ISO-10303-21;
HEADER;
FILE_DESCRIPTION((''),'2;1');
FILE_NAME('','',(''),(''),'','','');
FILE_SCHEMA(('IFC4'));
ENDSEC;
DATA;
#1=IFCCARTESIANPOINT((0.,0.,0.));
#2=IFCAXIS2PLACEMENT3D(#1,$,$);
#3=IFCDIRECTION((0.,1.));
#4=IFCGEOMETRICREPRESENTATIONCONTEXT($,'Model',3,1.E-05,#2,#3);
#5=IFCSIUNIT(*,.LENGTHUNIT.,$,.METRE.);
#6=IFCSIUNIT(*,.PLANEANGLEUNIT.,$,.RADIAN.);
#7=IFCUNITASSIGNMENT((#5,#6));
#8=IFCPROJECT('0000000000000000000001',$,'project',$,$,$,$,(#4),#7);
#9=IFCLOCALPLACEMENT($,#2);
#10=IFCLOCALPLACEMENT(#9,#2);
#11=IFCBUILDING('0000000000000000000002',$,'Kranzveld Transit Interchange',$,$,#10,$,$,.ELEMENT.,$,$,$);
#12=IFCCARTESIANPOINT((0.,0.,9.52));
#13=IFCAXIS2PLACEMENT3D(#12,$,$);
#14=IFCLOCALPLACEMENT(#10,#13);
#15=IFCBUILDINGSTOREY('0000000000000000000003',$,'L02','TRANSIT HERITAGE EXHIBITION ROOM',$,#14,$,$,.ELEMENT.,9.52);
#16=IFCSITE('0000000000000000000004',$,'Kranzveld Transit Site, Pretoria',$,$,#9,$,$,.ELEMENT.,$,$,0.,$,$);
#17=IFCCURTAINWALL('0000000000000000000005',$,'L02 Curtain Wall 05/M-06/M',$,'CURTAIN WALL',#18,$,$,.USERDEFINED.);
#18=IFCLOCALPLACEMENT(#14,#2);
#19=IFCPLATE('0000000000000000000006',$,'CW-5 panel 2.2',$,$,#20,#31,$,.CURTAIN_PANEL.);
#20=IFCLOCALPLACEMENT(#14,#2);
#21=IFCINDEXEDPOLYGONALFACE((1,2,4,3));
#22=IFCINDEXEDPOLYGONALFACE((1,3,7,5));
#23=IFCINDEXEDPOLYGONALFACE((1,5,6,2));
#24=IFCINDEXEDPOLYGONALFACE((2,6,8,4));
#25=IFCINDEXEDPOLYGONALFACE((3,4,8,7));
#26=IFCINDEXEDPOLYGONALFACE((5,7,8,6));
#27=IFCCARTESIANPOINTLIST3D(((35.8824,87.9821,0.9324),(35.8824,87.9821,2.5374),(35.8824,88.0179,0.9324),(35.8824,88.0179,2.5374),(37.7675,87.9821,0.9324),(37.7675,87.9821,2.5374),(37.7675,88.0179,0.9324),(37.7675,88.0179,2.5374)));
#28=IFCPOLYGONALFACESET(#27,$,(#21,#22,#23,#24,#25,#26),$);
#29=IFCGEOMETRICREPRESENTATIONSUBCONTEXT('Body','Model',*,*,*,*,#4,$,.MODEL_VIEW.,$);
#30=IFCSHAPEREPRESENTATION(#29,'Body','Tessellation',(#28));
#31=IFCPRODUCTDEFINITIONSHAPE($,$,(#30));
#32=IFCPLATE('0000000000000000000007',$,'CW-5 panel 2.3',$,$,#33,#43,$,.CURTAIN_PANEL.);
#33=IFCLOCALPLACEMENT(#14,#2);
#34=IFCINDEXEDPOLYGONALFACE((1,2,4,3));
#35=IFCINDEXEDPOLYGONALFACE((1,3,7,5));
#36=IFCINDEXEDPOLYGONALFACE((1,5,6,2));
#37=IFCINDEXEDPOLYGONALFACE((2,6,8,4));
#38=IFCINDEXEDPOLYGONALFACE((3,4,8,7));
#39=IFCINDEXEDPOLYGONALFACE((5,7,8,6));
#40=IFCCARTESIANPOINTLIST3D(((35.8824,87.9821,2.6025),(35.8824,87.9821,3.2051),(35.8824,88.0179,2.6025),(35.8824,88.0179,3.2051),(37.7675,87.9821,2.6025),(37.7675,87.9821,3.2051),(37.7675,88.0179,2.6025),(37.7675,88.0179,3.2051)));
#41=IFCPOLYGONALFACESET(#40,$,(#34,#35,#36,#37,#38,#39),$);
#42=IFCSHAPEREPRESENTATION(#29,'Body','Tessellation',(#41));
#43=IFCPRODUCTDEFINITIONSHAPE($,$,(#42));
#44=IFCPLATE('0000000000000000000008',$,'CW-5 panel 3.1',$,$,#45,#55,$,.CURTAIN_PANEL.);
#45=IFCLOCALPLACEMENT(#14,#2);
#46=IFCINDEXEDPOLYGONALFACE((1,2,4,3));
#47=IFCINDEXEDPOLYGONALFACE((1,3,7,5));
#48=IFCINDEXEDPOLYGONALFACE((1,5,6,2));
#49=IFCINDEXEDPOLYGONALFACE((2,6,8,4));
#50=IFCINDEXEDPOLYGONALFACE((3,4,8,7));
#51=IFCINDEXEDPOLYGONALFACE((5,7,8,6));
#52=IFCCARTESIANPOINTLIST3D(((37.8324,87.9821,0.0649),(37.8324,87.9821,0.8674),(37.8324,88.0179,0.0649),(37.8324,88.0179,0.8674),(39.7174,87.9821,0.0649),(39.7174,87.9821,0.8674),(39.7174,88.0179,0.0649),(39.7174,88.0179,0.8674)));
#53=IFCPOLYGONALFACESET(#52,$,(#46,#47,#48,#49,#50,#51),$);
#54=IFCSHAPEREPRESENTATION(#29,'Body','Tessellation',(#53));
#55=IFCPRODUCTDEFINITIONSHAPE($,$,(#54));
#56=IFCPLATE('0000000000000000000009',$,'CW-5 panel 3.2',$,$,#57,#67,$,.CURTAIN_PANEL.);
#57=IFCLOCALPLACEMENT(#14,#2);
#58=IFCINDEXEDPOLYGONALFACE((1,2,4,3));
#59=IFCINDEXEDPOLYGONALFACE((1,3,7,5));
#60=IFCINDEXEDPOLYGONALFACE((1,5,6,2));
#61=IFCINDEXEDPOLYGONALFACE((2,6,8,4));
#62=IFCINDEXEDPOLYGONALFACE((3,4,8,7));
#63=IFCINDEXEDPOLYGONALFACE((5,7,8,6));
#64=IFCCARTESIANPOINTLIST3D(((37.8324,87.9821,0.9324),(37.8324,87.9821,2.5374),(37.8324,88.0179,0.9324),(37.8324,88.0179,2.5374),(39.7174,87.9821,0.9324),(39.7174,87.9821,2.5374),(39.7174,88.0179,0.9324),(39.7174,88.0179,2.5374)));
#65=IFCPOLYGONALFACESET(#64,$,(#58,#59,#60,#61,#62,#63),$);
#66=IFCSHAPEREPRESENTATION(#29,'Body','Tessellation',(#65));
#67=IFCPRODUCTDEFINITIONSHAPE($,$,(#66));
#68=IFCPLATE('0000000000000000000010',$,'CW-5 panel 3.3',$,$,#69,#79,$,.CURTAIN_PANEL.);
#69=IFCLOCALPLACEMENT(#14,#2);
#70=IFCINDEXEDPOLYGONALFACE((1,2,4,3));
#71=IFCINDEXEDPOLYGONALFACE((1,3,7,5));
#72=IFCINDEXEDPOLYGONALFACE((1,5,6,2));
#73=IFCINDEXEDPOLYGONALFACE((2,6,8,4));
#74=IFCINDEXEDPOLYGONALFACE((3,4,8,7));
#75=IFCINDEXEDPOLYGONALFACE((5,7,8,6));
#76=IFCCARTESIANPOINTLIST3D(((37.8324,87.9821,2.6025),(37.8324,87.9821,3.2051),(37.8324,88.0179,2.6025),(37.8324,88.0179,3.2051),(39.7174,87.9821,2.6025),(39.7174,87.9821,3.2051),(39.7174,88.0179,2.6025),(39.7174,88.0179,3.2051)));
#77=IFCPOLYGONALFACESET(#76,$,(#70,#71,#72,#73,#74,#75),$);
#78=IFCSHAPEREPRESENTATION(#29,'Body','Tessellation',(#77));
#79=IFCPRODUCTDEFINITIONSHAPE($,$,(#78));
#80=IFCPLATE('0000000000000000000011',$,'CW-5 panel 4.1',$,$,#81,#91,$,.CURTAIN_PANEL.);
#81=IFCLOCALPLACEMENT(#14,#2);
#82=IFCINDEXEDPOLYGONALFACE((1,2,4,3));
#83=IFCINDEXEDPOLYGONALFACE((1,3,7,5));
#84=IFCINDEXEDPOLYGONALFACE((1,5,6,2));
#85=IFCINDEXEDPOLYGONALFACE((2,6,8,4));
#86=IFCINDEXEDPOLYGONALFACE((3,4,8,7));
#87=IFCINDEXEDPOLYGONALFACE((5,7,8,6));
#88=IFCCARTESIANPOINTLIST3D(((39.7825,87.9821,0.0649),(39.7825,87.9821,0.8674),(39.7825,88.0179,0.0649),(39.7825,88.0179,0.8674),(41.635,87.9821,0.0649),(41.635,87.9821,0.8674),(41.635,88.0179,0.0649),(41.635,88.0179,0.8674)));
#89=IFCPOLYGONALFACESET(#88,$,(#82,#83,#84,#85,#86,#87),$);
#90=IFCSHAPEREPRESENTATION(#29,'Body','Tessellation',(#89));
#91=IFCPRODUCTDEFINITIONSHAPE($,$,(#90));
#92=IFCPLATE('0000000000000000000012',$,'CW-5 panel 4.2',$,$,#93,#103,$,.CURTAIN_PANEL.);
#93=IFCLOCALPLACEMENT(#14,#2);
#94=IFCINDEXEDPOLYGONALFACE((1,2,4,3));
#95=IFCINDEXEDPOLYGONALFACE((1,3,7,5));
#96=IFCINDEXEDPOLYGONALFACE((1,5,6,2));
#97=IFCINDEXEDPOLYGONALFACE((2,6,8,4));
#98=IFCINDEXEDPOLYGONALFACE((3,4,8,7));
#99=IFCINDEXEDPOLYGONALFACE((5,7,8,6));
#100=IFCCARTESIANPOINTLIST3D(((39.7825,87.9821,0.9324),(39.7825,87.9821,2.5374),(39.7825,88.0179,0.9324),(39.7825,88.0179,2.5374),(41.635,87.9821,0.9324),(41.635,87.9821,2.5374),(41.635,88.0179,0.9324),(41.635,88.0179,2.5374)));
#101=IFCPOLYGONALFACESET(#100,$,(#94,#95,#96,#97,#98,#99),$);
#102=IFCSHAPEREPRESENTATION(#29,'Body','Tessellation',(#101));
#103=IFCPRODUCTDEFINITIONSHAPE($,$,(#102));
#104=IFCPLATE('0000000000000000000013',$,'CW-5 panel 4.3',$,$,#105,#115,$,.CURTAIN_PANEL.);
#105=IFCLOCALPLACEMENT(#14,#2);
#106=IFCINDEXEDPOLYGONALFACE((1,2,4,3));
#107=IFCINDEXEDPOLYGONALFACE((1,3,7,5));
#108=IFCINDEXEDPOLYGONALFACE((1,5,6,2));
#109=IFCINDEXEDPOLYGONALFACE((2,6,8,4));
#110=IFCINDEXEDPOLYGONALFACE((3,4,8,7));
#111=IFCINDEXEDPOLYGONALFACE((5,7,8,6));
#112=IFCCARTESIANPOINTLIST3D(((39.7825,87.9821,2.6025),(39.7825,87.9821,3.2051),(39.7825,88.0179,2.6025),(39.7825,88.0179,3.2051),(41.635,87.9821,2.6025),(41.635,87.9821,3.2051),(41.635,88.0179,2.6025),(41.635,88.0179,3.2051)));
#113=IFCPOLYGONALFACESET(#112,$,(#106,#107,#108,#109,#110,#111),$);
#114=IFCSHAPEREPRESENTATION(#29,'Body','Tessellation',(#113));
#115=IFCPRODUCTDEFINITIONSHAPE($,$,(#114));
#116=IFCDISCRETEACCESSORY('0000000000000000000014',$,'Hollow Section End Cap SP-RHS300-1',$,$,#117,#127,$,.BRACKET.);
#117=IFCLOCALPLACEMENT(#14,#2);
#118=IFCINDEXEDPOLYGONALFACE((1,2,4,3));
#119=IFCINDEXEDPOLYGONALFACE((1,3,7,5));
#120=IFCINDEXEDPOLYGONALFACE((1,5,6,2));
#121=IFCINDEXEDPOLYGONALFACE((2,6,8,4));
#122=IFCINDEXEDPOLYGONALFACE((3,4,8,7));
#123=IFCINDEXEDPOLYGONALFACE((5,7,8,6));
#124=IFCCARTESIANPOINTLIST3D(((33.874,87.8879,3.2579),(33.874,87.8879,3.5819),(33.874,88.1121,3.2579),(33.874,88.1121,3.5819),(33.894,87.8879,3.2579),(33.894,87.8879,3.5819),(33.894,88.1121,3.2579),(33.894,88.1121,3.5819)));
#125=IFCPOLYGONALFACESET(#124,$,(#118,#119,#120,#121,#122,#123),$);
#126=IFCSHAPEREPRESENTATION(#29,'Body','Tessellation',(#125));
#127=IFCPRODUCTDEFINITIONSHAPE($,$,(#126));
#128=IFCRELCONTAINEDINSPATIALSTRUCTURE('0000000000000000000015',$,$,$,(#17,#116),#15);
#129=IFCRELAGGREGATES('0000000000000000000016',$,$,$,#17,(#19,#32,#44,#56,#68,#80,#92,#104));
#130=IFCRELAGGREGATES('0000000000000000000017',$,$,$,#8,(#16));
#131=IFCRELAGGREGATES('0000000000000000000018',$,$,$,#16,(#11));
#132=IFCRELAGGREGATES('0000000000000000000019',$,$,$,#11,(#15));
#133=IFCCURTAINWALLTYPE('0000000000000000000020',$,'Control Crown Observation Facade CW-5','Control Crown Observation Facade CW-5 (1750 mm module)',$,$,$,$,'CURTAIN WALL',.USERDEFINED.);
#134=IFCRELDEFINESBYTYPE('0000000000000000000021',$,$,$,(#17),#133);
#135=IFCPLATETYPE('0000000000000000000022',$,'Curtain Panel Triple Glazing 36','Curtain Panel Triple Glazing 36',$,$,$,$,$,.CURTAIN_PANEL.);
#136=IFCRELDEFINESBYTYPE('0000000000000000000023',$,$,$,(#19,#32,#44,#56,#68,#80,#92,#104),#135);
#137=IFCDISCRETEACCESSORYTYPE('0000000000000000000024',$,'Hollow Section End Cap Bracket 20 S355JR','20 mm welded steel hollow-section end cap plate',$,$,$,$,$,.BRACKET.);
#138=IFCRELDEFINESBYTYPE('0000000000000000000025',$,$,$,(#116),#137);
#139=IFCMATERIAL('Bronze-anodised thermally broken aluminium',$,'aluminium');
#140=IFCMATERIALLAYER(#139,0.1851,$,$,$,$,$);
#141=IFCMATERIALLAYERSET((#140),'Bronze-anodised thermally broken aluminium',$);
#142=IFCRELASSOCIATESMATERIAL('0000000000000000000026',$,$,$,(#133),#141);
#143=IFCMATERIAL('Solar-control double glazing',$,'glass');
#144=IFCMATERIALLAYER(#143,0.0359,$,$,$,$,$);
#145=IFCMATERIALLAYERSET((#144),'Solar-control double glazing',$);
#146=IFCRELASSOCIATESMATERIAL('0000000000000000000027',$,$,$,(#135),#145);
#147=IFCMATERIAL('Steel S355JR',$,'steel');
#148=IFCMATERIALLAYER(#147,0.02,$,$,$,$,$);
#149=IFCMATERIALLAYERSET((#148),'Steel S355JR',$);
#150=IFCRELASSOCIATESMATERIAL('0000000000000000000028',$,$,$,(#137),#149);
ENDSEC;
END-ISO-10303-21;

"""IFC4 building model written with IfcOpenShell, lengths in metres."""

from ifc_helpers import new_model, si_unit, direction, frame, origin, origin_2d, place, context, subcontext, project, spatial, rectangle, extrude, material, layer, layer_set, type_object, element, aggregate, save


model = new_model("IFC4")

# Units and contexts
model_context = context("Model", 3, precision=1e-05, world=origin(), true_north=direction((0.0, 1.0)))
body_context = subcontext(model_context, "Body", "Model", "MODEL_VIEW")
ifc_project = project(units=[si_unit("LENGTHUNIT", "METRE"), si_unit("PLANEANGLEUNIT", "RADIAN")], contexts=[model_context])

# Site, building, storey
site_placement = place(None, origin())
site = spatial("IfcSite", under=ifc_project, at=site_placement, Name="Kranzveld Transit Site, Pretoria", CompositionType="ELEMENT", RefElevation=0.0)
building_placement = place(site_placement, origin())
building = spatial("IfcBuilding", under=site, at=building_placement, Name="Kranzveld Transit Interchange", CompositionType="ELEMENT")
storey_placement = place(building_placement, frame((0.0, 0.0, 9.52)))
storey = spatial("IfcBuildingStorey", under=building, at=storey_placement, Name="L02", Description="TRANSIT HERITAGE EXHIBITION ROOM", CompositionType="ELEMENT", Elevation=9.52)

# Curtain wall
ifc_material_1 = material(Name="Bronze-anodised thermally broken aluminium", Category="aluminium")
ifc_layer_1 = layer(ifc_material_1, 0.1851)
ifc_layer_set_1 = layer_set([ifc_layer_1], Name="Bronze-anodised thermally broken aluminium")
curtain_wall_type = type_object("IfcCurtainWallType", Name="Control Crown Observation Facade CW-5", Description="Control Crown Observation Facade CW-5 (1750 mm module)", ElementType="CURTAIN WALL", PredefinedType="USERDEFINED", material=ifc_layer_set_1)
curtain_wall_placement = place(storey_placement, origin())
curtain_wall = element("IfcCurtainWall", 1, at=curtain_wall_placement, inside=storey, type_object=curtain_wall_type, Name="L02 Curtain Wall 05/M-06/M", ObjectType="CURTAIN WALL", PredefinedType="USERDEFINED")

# Plates
ifc_material_2 = material(Name="Solar-control double glazing", Category="glass")
ifc_layer_2 = layer(ifc_material_2, 0.0359)
ifc_layer_set_2 = layer_set([ifc_layer_2], Name="Solar-control double glazing")
plate_type = type_object("IfcPlateType", Name="Curtain Panel Triple Glazing 36", Description="Curtain Panel Triple Glazing 36", PredefinedType="CURTAIN_PANEL", material=ifc_layer_set_2)
plate_1_placement = place(storey_placement, frame((36.825, 88.0, 0.9324), z_axis=(0.0, 0.0, 1.0), x_axis=(1.0, 0.0, 0.0)))
plate_1 = element("IfcPlate", 2, at=plate_1_placement, type_object=plate_type, Name="CW-5 panel 2.2", PredefinedType="CURTAIN_PANEL", context=body_context, shape_type="SweptSolid", body=[
    extrude(rectangle(XDim=1.885, YDim=0.0359, at=origin_2d()), origin(), (0.0, 0.0, 1.0), 1.605),
])
plate_2_placement = place(storey_placement, frame((36.825, 88.0, 2.6025), z_axis=(0.0, 0.0, 1.0), x_axis=(1.0, 0.0, 0.0)))
plate_2 = element("IfcPlate", 3, at=plate_2_placement, type_object=plate_type, Name="CW-5 panel 2.3", PredefinedType="CURTAIN_PANEL", context=body_context, shape_type="SweptSolid", body=[
    extrude(rectangle(XDim=1.885, YDim=0.0359, at=origin_2d()), origin(), (0.0, 0.0, 1.0), 0.6025),
])
plate_3_placement = place(storey_placement, frame((38.7749, 88.0, 0.0649), z_axis=(0.0, 0.0, 1.0), x_axis=(1.0, 0.0, 0.0)))
plate_3 = element("IfcPlate", 4, at=plate_3_placement, type_object=plate_type, Name="CW-5 panel 3.1", PredefinedType="CURTAIN_PANEL", context=body_context, shape_type="SweptSolid", body=[
    extrude(rectangle(XDim=1.885, YDim=0.0359, at=origin_2d()), origin(), (0.0, 0.0, 1.0), 0.8025),
])
plate_4_placement = place(storey_placement, frame((38.7749, 88.0, 0.9324), z_axis=(0.0, 0.0, 1.0), x_axis=(1.0, 0.0, 0.0)))
plate_4 = element("IfcPlate", 5, at=plate_4_placement, type_object=plate_type, Name="CW-5 panel 3.2", PredefinedType="CURTAIN_PANEL", context=body_context, shape_type="SweptSolid", body=[
    extrude(rectangle(XDim=1.885, YDim=0.0359, at=origin_2d()), origin(), (0.0, 0.0, 1.0), 1.605),
])
plate_5_placement = place(storey_placement, frame((38.7749, 88.0, 2.6025), z_axis=(0.0, 0.0, 1.0), x_axis=(1.0, 0.0, 0.0)))
plate_5 = element("IfcPlate", 6, at=plate_5_placement, type_object=plate_type, Name="CW-5 panel 3.3", PredefinedType="CURTAIN_PANEL", context=body_context, shape_type="SweptSolid", body=[
    extrude(rectangle(XDim=1.885, YDim=0.0359, at=origin_2d()), origin(), (0.0, 0.0, 1.0), 0.6025),
])
plate_6_placement = place(storey_placement, frame((40.7087, 88.0, 0.0649), z_axis=(0.0, 0.0, 1.0), x_axis=(1.0, 0.0, 0.0)))
plate_6 = element("IfcPlate", 7, at=plate_6_placement, type_object=plate_type, Name="CW-5 panel 4.1", PredefinedType="CURTAIN_PANEL", context=body_context, shape_type="SweptSolid", body=[
    extrude(rectangle(XDim=1.8525, YDim=0.0359, at=origin_2d()), origin(), (0.0, 0.0, 1.0), 0.8025),
])
plate_7_placement = place(storey_placement, frame((40.7087, 88.0, 0.9324), z_axis=(0.0, 0.0, 1.0), x_axis=(1.0, 0.0, 0.0)))
plate_7 = element("IfcPlate", 8, at=plate_7_placement, type_object=plate_type, Name="CW-5 panel 4.2", PredefinedType="CURTAIN_PANEL", context=body_context, shape_type="SweptSolid", body=[
    extrude(rectangle(XDim=1.8525, YDim=0.0359, at=origin_2d()), origin(), (0.0, 0.0, 1.0), 1.605),
])
plate_8_placement = place(storey_placement, frame((40.7087, 88.0, 2.6025), z_axis=(0.0, 0.0, 1.0), x_axis=(1.0, 0.0, 0.0)))
plate_8 = element("IfcPlate", 9, at=plate_8_placement, type_object=plate_type, Name="CW-5 panel 4.3", PredefinedType="CURTAIN_PANEL", context=body_context, shape_type="SweptSolid", body=[
    extrude(rectangle(XDim=1.8525, YDim=0.0359, at=origin_2d()), origin(), (0.0, 0.0, 1.0), 0.6025),
])
aggregate(curtain_wall, [plate_1, plate_2, plate_3, plate_4, plate_5, plate_6, plate_7, plate_8])

# Discrete accessory
ifc_material_3 = material(Name="Steel S355JR", Category="steel")
ifc_layer_3 = layer(ifc_material_3, 0.02)
ifc_layer_set_3 = layer_set([ifc_layer_3], Name="Steel S355JR")
discrete_accessory_type = type_object("IfcDiscreteAccessoryType", Name="Hollow Section End Cap Bracket 20 S355JR", Description="20 mm welded steel hollow-section end cap plate", PredefinedType="BRACKET", material=ifc_layer_set_3)
discrete_accessory_placement = place(storey_placement, frame((33.894, 88.0, 3.4199), z_axis=(-1.0, 0.0, 0.0), x_axis=(0.0, -1.0, 0.0)))
element("IfcDiscreteAccessory", 10, at=discrete_accessory_placement, inside=storey, type_object=discrete_accessory_type, Name="Hollow Section End Cap SP-RHS300-1", PredefinedType="BRACKET", context=body_context, shape_type="SweptSolid", body=[
    extrude(rectangle(XDim=0.2241, YDim=0.324, at=origin_2d()), origin(), (0.0, 0.0, 1.0), 0.02),
])

save(model, "model.ifc")
